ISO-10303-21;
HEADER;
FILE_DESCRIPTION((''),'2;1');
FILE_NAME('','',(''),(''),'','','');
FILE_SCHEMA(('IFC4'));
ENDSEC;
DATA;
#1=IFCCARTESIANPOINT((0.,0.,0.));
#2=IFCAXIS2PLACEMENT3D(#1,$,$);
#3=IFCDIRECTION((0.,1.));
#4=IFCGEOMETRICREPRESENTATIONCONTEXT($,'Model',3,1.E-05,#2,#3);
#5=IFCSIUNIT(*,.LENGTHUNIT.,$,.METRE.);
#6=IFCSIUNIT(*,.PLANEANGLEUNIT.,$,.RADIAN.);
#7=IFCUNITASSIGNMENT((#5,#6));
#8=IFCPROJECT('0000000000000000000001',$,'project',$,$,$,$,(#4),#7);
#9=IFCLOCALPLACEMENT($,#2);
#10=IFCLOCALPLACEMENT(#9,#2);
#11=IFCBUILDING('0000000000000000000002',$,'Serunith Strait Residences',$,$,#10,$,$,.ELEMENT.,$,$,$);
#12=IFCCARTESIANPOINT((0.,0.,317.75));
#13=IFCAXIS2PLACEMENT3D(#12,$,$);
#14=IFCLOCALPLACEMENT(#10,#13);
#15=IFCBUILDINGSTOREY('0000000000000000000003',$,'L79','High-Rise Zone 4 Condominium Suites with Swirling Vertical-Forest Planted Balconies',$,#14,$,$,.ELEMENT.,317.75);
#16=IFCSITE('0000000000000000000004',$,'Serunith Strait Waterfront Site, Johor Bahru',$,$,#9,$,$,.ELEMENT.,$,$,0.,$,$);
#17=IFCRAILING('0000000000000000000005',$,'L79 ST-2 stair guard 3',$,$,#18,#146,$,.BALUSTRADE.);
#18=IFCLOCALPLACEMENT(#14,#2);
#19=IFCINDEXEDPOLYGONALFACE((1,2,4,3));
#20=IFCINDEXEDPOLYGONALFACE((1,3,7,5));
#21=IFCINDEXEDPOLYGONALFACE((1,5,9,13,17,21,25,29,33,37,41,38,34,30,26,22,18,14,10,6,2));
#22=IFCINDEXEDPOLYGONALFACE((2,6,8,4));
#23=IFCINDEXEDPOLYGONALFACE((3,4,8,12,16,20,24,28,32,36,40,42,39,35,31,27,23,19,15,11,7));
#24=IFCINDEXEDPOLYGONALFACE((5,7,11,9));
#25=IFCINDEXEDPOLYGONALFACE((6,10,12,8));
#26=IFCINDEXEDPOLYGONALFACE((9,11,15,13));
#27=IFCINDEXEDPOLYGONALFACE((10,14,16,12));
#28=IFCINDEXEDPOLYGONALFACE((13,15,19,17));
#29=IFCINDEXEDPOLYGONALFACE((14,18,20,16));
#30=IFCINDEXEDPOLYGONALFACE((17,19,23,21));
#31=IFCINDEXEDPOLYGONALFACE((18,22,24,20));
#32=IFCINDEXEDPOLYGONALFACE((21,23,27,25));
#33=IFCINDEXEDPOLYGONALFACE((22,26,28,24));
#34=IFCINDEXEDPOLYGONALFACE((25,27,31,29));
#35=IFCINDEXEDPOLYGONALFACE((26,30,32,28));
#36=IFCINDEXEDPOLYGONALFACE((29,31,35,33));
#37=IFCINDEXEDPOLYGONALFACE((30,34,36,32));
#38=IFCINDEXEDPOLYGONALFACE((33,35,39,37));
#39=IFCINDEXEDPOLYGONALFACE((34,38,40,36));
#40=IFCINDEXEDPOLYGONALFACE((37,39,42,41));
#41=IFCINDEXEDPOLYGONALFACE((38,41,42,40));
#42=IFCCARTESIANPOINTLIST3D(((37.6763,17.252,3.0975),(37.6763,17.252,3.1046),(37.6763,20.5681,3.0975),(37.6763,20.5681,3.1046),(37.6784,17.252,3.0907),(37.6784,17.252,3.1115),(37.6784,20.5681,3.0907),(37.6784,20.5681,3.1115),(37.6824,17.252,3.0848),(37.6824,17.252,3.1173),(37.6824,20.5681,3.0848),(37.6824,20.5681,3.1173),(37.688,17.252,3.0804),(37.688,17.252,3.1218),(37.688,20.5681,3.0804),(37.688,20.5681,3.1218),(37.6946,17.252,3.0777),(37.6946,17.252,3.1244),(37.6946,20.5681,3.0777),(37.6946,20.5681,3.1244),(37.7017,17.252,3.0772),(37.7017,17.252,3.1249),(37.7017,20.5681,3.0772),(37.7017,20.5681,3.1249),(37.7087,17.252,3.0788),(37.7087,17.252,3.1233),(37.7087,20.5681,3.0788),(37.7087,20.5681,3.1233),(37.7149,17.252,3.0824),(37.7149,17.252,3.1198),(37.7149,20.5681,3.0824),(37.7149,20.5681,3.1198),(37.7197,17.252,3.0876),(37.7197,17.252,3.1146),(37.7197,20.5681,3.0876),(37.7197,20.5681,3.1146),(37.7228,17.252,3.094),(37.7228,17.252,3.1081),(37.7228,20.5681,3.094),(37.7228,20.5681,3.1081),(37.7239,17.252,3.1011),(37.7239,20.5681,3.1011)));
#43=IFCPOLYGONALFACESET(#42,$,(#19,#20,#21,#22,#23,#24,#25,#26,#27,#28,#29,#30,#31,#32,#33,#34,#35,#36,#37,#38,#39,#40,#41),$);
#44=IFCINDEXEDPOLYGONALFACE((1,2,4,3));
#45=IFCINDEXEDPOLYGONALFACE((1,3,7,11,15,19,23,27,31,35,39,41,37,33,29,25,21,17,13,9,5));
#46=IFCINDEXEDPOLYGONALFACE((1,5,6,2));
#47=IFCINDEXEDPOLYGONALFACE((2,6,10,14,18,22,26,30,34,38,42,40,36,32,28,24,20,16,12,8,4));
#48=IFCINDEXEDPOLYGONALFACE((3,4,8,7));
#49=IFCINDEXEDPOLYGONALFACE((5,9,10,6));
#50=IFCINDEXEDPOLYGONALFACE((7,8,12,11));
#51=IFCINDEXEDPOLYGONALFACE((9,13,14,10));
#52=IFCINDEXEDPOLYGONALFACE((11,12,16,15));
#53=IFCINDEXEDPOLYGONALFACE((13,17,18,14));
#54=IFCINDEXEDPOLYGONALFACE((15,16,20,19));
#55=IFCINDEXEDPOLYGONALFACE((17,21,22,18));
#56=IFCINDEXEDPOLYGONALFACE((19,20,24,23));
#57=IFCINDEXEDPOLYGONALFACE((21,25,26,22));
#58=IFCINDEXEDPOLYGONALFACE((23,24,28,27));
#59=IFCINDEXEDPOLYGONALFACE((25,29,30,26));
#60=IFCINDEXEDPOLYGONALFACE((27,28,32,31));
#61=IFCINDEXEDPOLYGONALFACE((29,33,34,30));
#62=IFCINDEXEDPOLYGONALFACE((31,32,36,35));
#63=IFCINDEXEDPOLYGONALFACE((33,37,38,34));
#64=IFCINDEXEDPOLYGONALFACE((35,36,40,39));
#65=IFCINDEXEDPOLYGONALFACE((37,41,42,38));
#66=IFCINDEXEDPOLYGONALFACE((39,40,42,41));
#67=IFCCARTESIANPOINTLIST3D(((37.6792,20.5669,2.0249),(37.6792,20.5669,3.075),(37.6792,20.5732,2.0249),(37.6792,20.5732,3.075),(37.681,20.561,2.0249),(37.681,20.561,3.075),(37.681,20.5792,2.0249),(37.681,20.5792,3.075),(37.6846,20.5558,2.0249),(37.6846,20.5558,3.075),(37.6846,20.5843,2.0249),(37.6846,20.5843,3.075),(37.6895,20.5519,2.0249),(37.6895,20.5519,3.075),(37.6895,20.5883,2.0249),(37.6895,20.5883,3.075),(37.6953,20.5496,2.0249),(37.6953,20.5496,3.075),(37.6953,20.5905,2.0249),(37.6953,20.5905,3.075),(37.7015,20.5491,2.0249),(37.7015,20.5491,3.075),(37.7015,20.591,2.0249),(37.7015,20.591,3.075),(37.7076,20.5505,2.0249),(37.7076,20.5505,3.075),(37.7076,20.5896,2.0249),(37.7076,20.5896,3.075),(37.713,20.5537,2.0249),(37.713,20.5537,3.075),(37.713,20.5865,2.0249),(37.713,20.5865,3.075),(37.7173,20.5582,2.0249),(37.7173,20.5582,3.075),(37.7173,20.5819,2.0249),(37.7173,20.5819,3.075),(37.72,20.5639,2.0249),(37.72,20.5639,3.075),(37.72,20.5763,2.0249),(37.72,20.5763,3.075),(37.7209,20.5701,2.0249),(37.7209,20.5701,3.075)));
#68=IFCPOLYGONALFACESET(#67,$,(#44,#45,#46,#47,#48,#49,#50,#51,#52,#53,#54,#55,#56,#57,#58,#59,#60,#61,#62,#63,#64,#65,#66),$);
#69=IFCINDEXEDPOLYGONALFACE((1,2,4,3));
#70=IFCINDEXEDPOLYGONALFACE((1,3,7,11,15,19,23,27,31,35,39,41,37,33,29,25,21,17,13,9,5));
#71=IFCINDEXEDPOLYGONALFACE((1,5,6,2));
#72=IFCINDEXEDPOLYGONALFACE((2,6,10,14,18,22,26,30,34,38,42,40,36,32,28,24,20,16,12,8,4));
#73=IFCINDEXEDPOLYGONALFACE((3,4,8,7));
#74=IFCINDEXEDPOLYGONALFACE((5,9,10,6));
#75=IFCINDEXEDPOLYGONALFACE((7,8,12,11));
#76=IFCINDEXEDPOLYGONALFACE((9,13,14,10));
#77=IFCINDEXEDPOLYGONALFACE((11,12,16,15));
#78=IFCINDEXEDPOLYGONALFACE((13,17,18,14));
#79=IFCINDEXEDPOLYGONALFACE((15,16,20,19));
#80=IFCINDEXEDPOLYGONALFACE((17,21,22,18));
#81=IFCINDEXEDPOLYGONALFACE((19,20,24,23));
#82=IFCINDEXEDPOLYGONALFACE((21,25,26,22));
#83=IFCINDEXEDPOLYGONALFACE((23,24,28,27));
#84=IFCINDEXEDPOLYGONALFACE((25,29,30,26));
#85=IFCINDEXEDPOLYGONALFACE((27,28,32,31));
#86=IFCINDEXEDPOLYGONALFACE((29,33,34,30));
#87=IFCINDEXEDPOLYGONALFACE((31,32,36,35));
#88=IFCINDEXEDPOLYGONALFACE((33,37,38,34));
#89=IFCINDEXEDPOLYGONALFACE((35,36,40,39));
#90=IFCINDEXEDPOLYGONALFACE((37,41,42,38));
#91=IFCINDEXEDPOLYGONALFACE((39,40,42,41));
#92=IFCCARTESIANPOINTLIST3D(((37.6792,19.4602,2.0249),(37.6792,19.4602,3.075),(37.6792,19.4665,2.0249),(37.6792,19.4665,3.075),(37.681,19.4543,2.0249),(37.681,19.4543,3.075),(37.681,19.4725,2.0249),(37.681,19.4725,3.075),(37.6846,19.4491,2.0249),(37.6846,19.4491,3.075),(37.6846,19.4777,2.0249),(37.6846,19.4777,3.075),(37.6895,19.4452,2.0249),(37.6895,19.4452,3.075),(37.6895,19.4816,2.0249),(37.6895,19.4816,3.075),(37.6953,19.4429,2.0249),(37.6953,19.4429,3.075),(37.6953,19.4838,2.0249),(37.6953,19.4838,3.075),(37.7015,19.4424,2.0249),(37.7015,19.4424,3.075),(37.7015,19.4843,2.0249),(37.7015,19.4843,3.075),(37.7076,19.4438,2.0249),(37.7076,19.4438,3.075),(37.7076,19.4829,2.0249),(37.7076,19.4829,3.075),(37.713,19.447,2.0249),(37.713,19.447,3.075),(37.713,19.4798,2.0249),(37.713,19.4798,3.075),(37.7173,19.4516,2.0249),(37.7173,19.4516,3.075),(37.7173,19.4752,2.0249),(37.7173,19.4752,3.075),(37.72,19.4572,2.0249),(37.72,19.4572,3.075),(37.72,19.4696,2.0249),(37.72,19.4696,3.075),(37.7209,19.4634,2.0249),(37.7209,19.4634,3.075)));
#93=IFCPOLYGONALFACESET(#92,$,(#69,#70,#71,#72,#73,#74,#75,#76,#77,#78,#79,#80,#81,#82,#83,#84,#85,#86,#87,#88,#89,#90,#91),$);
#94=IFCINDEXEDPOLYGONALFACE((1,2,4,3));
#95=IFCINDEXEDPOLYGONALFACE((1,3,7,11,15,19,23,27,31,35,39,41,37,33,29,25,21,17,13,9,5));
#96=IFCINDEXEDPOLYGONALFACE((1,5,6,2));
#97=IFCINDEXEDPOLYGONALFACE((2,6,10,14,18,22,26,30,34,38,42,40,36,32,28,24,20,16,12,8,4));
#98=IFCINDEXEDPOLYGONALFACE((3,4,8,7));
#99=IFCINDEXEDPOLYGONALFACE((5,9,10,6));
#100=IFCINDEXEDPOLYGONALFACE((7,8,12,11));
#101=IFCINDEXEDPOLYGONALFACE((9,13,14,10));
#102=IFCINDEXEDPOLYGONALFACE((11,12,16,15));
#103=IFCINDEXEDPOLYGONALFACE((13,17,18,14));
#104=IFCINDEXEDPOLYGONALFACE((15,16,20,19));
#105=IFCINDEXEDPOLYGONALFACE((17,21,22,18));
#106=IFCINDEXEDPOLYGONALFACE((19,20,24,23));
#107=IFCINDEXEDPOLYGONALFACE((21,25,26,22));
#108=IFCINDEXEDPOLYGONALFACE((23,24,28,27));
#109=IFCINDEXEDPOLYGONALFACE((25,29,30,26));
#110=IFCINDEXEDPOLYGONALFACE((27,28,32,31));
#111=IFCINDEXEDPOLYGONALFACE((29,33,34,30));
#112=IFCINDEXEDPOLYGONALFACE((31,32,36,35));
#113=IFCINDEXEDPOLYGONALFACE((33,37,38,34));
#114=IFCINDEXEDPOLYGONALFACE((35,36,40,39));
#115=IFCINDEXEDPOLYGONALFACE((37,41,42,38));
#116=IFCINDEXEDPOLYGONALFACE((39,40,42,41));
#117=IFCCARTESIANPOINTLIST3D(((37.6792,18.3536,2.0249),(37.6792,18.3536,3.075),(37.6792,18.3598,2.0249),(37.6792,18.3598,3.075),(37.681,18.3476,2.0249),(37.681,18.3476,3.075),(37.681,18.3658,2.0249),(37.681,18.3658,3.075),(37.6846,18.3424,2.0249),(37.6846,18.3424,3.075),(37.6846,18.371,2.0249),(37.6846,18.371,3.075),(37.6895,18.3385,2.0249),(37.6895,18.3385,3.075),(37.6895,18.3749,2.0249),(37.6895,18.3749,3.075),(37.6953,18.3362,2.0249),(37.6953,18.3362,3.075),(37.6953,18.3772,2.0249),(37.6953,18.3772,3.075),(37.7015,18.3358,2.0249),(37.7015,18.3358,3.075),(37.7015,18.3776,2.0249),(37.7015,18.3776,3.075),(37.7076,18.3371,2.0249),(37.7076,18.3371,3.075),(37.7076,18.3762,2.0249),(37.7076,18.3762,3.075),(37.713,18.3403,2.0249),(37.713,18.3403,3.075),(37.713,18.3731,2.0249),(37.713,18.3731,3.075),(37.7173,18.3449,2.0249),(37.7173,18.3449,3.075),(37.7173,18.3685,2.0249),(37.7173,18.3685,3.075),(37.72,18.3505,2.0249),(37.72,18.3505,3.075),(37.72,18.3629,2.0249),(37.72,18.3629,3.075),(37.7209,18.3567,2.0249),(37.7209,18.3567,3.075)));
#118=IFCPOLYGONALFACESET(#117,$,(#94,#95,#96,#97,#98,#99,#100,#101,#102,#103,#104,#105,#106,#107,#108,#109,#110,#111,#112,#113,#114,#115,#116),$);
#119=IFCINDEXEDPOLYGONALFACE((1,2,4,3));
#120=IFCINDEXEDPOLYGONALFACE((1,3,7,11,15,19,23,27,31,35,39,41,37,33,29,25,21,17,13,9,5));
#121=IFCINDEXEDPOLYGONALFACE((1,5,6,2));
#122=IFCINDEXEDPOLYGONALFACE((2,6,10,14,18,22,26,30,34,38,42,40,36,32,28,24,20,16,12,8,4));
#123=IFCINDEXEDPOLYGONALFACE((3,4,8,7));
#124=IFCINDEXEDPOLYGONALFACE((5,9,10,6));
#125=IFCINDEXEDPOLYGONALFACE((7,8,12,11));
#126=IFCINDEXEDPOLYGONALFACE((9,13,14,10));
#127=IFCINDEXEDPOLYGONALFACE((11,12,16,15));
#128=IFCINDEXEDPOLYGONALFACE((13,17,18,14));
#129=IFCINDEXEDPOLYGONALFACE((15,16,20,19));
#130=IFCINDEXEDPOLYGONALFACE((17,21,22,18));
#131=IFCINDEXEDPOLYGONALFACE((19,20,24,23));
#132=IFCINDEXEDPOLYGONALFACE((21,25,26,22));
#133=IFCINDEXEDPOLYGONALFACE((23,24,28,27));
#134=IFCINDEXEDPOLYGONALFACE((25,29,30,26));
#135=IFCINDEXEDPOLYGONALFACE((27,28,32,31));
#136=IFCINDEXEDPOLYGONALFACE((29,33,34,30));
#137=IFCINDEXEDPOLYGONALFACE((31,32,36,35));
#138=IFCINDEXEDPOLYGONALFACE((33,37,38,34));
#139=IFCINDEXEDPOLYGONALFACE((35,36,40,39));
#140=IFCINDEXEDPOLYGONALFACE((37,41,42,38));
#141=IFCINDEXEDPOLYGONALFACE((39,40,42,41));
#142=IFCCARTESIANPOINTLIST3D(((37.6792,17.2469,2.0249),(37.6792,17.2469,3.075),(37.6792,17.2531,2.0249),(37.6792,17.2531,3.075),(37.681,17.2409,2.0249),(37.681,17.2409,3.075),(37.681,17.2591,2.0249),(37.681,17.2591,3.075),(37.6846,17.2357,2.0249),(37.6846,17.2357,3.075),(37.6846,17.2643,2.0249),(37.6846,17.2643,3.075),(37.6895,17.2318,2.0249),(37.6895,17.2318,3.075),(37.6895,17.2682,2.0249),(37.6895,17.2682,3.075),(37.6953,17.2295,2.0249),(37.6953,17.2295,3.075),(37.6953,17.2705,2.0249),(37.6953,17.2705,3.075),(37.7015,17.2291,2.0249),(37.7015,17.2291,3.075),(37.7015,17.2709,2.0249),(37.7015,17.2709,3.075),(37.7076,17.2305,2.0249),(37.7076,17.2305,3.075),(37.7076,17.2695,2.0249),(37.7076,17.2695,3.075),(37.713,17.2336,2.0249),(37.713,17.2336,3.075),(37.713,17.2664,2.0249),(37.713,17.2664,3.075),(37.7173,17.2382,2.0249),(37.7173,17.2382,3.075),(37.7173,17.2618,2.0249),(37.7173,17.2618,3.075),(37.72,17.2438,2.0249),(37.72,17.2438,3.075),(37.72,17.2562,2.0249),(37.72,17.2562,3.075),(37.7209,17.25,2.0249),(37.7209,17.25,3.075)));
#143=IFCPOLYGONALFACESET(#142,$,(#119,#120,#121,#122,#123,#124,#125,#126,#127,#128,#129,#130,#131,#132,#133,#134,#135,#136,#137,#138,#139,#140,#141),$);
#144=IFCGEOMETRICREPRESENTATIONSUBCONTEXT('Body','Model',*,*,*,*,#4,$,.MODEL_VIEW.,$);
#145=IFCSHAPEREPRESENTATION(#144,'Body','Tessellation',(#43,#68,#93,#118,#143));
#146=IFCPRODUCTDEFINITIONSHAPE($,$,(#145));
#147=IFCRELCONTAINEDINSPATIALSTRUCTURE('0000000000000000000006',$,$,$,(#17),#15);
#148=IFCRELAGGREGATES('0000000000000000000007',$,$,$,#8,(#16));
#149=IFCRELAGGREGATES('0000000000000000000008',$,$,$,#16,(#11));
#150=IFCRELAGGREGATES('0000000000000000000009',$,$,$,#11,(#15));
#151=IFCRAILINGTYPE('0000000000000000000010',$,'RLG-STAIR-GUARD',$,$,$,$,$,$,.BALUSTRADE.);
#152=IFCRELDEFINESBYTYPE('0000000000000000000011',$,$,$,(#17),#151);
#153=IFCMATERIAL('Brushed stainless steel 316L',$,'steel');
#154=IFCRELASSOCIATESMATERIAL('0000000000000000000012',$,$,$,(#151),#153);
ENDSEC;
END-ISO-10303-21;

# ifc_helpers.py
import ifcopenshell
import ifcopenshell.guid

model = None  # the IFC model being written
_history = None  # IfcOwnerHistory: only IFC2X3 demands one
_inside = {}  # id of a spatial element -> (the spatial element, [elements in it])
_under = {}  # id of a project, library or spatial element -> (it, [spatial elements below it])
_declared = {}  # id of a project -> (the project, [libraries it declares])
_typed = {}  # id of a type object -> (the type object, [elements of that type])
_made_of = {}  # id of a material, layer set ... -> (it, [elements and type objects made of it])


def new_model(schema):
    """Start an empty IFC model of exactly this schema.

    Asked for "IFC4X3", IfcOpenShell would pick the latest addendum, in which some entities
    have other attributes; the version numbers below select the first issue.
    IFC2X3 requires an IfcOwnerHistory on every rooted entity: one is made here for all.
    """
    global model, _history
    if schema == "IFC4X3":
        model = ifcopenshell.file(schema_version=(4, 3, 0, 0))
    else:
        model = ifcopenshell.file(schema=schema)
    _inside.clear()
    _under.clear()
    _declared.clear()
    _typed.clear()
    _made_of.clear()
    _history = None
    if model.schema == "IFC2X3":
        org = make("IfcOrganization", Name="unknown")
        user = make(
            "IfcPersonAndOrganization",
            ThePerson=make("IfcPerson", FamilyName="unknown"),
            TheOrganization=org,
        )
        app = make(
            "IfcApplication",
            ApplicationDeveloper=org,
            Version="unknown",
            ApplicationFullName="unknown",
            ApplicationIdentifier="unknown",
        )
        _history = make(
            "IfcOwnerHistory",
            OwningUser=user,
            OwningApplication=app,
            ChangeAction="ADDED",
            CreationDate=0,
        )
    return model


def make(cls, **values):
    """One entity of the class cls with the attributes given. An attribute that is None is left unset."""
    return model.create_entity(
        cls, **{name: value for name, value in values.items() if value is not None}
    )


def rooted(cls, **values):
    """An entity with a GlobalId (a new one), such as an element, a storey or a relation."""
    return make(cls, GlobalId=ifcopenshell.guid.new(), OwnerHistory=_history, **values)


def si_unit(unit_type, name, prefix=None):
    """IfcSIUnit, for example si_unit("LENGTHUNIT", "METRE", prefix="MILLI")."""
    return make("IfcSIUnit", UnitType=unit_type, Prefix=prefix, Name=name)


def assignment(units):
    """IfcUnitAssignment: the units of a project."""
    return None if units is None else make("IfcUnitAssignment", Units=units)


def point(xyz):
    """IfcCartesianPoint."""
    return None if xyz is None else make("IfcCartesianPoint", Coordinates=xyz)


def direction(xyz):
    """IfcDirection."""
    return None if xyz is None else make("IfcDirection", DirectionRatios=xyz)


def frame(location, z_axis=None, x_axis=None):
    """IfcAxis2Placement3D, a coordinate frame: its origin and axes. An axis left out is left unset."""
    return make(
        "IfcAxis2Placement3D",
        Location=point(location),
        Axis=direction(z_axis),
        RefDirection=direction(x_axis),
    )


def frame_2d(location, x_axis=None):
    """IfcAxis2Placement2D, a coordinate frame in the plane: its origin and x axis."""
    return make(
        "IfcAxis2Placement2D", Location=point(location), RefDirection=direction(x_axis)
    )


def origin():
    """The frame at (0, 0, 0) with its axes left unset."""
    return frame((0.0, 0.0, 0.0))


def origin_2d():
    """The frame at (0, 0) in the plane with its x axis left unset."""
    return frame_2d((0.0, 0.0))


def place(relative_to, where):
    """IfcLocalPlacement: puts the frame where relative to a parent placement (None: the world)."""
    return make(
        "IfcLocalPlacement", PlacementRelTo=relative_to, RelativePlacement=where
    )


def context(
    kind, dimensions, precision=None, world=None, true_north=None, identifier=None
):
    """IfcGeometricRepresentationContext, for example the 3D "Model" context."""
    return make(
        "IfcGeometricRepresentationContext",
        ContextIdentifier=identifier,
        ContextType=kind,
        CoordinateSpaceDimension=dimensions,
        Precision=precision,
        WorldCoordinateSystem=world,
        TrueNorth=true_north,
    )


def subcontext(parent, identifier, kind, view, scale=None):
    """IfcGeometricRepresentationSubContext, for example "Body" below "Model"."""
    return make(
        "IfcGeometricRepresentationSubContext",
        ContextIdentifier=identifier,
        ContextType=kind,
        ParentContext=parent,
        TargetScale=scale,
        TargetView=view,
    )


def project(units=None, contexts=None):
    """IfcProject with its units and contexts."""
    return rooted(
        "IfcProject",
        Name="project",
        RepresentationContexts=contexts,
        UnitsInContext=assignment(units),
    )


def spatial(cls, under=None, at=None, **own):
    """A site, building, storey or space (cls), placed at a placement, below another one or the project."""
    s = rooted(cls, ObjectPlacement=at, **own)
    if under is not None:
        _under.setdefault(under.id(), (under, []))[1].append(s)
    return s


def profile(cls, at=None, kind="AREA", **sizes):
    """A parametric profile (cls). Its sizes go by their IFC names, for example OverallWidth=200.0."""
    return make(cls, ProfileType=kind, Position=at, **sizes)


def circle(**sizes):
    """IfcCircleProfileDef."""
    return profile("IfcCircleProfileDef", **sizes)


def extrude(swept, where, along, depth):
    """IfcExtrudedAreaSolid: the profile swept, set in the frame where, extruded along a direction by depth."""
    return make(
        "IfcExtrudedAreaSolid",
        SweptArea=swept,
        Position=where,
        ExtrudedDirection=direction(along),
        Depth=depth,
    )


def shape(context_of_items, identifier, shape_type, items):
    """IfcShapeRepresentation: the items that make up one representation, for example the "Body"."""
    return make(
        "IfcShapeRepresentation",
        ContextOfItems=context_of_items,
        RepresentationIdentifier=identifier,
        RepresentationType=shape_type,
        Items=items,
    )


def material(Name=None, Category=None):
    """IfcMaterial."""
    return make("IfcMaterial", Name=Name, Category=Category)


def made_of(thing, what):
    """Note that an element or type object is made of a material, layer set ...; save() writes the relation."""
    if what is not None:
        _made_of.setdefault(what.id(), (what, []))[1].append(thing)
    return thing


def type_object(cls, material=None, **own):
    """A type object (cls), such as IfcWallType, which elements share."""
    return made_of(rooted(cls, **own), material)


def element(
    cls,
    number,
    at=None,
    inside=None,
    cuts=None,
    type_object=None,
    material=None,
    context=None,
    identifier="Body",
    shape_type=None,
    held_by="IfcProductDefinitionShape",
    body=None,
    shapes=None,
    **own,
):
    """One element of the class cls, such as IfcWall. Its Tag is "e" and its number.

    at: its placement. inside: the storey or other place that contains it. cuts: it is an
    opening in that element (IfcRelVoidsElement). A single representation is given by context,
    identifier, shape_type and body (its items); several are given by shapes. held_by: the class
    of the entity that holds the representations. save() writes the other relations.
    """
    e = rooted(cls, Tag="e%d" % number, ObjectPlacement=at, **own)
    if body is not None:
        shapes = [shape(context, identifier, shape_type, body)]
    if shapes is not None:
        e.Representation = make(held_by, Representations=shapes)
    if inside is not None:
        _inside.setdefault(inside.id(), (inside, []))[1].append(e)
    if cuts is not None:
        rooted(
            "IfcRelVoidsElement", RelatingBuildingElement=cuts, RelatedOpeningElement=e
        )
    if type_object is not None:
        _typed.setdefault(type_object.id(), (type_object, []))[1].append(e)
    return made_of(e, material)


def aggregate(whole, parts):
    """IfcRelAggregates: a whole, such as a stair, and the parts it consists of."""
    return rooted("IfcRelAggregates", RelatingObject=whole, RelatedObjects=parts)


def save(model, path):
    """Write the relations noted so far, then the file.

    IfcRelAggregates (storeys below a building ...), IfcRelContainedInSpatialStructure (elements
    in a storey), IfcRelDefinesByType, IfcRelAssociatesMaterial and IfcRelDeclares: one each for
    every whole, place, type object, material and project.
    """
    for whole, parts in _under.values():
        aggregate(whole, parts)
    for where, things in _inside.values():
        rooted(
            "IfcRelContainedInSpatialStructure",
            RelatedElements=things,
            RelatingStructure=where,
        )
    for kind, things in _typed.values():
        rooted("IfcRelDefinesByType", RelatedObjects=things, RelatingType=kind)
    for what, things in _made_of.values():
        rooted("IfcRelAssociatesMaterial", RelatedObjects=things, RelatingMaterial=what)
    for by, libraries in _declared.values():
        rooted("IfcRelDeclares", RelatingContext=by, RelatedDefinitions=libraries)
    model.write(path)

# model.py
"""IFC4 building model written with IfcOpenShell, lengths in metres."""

from ifc_helpers import new_model, si_unit, direction, frame, origin, origin_2d, place, context, subcontext, project, spatial, circle, extrude, material, type_object, element, save


model = new_model("IFC4")

# Units and contexts
model_context = context("Model", 3, precision=1e-05, world=origin(), true_north=direction((0.0, 1.0)))
body_context = subcontext(model_context, "Body", "Model", "MODEL_VIEW")
ifc_project = project(units=[si_unit("LENGTHUNIT", "METRE"), si_unit("PLANEANGLEUNIT", "RADIAN")], contexts=[model_context])

# Site, building, storey
site_placement = place(None, origin())
site = spatial("IfcSite", under=ifc_project, at=site_placement, Name="Serunith Strait Waterfront Site, Johor Bahru", CompositionType="ELEMENT", RefElevation=0.0)
building_placement = place(site_placement, origin())
building = spatial("IfcBuilding", under=site, at=building_placement, Name="Serunith Strait Residences", CompositionType="ELEMENT")
storey_placement = place(building_placement, frame((0.0, 0.0, 317.75)))
storey = spatial("IfcBuildingStorey", under=building, at=storey_placement, Name="L79", Description="High-Rise Zone 4 Condominium Suites with Swirling Vertical-Forest Planted Balconies", CompositionType="ELEMENT", Elevation=317.75)

# Railing
ifc_material_1 = material(Name="Brushed stainless steel 316L", Category="steel")
railing_type_1 = type_object("IfcRailingType", Name="RLG-STAIR-GUARD", PredefinedType="BALUSTRADE", material=ifc_material_1)
for number, where, name in (
    (1, (37.7, 20.5701, 2.0249), "L79 ST-2 stair guard 3"),
):
    element("IfcRailing", number, at=place(storey_placement, frame(where)), inside=storey, type_object=railing_type_1, Name=name, PredefinedType="BALUSTRADE", context=body_context, shape_type="SweptSolid", body=[
        extrude(circle(Radius=0.0239, at=origin_2d()), frame((0.0, -0.002, 1.0762), z_axis=(0.0, -1.0, 0.0), x_axis=(1.0, 0.0, 0.0)), (0.0, 0.0, 1.0), 3.3162),
        extrude(circle(Radius=0.021, at=origin_2d()), origin(), (0.0, 0.0, 1.0), 1.05),
        extrude(circle(Radius=0.021, at=origin_2d()), frame((0.0, -1.1067, 0.0)), (0.0, 0.0, 1.0), 1.05),
        extrude(circle(Radius=0.021, at=origin_2d()), frame((0.0, -2.2134, 0.0)), (0.0, 0.0, 1.0), 1.05),
        extrude(circle(Radius=0.021, at=origin_2d()), frame((0.0, -3.3201, 0.0)), (0.0, 0.0, 1.0), 1.05),
    ])

save(model, "model.ifc")
